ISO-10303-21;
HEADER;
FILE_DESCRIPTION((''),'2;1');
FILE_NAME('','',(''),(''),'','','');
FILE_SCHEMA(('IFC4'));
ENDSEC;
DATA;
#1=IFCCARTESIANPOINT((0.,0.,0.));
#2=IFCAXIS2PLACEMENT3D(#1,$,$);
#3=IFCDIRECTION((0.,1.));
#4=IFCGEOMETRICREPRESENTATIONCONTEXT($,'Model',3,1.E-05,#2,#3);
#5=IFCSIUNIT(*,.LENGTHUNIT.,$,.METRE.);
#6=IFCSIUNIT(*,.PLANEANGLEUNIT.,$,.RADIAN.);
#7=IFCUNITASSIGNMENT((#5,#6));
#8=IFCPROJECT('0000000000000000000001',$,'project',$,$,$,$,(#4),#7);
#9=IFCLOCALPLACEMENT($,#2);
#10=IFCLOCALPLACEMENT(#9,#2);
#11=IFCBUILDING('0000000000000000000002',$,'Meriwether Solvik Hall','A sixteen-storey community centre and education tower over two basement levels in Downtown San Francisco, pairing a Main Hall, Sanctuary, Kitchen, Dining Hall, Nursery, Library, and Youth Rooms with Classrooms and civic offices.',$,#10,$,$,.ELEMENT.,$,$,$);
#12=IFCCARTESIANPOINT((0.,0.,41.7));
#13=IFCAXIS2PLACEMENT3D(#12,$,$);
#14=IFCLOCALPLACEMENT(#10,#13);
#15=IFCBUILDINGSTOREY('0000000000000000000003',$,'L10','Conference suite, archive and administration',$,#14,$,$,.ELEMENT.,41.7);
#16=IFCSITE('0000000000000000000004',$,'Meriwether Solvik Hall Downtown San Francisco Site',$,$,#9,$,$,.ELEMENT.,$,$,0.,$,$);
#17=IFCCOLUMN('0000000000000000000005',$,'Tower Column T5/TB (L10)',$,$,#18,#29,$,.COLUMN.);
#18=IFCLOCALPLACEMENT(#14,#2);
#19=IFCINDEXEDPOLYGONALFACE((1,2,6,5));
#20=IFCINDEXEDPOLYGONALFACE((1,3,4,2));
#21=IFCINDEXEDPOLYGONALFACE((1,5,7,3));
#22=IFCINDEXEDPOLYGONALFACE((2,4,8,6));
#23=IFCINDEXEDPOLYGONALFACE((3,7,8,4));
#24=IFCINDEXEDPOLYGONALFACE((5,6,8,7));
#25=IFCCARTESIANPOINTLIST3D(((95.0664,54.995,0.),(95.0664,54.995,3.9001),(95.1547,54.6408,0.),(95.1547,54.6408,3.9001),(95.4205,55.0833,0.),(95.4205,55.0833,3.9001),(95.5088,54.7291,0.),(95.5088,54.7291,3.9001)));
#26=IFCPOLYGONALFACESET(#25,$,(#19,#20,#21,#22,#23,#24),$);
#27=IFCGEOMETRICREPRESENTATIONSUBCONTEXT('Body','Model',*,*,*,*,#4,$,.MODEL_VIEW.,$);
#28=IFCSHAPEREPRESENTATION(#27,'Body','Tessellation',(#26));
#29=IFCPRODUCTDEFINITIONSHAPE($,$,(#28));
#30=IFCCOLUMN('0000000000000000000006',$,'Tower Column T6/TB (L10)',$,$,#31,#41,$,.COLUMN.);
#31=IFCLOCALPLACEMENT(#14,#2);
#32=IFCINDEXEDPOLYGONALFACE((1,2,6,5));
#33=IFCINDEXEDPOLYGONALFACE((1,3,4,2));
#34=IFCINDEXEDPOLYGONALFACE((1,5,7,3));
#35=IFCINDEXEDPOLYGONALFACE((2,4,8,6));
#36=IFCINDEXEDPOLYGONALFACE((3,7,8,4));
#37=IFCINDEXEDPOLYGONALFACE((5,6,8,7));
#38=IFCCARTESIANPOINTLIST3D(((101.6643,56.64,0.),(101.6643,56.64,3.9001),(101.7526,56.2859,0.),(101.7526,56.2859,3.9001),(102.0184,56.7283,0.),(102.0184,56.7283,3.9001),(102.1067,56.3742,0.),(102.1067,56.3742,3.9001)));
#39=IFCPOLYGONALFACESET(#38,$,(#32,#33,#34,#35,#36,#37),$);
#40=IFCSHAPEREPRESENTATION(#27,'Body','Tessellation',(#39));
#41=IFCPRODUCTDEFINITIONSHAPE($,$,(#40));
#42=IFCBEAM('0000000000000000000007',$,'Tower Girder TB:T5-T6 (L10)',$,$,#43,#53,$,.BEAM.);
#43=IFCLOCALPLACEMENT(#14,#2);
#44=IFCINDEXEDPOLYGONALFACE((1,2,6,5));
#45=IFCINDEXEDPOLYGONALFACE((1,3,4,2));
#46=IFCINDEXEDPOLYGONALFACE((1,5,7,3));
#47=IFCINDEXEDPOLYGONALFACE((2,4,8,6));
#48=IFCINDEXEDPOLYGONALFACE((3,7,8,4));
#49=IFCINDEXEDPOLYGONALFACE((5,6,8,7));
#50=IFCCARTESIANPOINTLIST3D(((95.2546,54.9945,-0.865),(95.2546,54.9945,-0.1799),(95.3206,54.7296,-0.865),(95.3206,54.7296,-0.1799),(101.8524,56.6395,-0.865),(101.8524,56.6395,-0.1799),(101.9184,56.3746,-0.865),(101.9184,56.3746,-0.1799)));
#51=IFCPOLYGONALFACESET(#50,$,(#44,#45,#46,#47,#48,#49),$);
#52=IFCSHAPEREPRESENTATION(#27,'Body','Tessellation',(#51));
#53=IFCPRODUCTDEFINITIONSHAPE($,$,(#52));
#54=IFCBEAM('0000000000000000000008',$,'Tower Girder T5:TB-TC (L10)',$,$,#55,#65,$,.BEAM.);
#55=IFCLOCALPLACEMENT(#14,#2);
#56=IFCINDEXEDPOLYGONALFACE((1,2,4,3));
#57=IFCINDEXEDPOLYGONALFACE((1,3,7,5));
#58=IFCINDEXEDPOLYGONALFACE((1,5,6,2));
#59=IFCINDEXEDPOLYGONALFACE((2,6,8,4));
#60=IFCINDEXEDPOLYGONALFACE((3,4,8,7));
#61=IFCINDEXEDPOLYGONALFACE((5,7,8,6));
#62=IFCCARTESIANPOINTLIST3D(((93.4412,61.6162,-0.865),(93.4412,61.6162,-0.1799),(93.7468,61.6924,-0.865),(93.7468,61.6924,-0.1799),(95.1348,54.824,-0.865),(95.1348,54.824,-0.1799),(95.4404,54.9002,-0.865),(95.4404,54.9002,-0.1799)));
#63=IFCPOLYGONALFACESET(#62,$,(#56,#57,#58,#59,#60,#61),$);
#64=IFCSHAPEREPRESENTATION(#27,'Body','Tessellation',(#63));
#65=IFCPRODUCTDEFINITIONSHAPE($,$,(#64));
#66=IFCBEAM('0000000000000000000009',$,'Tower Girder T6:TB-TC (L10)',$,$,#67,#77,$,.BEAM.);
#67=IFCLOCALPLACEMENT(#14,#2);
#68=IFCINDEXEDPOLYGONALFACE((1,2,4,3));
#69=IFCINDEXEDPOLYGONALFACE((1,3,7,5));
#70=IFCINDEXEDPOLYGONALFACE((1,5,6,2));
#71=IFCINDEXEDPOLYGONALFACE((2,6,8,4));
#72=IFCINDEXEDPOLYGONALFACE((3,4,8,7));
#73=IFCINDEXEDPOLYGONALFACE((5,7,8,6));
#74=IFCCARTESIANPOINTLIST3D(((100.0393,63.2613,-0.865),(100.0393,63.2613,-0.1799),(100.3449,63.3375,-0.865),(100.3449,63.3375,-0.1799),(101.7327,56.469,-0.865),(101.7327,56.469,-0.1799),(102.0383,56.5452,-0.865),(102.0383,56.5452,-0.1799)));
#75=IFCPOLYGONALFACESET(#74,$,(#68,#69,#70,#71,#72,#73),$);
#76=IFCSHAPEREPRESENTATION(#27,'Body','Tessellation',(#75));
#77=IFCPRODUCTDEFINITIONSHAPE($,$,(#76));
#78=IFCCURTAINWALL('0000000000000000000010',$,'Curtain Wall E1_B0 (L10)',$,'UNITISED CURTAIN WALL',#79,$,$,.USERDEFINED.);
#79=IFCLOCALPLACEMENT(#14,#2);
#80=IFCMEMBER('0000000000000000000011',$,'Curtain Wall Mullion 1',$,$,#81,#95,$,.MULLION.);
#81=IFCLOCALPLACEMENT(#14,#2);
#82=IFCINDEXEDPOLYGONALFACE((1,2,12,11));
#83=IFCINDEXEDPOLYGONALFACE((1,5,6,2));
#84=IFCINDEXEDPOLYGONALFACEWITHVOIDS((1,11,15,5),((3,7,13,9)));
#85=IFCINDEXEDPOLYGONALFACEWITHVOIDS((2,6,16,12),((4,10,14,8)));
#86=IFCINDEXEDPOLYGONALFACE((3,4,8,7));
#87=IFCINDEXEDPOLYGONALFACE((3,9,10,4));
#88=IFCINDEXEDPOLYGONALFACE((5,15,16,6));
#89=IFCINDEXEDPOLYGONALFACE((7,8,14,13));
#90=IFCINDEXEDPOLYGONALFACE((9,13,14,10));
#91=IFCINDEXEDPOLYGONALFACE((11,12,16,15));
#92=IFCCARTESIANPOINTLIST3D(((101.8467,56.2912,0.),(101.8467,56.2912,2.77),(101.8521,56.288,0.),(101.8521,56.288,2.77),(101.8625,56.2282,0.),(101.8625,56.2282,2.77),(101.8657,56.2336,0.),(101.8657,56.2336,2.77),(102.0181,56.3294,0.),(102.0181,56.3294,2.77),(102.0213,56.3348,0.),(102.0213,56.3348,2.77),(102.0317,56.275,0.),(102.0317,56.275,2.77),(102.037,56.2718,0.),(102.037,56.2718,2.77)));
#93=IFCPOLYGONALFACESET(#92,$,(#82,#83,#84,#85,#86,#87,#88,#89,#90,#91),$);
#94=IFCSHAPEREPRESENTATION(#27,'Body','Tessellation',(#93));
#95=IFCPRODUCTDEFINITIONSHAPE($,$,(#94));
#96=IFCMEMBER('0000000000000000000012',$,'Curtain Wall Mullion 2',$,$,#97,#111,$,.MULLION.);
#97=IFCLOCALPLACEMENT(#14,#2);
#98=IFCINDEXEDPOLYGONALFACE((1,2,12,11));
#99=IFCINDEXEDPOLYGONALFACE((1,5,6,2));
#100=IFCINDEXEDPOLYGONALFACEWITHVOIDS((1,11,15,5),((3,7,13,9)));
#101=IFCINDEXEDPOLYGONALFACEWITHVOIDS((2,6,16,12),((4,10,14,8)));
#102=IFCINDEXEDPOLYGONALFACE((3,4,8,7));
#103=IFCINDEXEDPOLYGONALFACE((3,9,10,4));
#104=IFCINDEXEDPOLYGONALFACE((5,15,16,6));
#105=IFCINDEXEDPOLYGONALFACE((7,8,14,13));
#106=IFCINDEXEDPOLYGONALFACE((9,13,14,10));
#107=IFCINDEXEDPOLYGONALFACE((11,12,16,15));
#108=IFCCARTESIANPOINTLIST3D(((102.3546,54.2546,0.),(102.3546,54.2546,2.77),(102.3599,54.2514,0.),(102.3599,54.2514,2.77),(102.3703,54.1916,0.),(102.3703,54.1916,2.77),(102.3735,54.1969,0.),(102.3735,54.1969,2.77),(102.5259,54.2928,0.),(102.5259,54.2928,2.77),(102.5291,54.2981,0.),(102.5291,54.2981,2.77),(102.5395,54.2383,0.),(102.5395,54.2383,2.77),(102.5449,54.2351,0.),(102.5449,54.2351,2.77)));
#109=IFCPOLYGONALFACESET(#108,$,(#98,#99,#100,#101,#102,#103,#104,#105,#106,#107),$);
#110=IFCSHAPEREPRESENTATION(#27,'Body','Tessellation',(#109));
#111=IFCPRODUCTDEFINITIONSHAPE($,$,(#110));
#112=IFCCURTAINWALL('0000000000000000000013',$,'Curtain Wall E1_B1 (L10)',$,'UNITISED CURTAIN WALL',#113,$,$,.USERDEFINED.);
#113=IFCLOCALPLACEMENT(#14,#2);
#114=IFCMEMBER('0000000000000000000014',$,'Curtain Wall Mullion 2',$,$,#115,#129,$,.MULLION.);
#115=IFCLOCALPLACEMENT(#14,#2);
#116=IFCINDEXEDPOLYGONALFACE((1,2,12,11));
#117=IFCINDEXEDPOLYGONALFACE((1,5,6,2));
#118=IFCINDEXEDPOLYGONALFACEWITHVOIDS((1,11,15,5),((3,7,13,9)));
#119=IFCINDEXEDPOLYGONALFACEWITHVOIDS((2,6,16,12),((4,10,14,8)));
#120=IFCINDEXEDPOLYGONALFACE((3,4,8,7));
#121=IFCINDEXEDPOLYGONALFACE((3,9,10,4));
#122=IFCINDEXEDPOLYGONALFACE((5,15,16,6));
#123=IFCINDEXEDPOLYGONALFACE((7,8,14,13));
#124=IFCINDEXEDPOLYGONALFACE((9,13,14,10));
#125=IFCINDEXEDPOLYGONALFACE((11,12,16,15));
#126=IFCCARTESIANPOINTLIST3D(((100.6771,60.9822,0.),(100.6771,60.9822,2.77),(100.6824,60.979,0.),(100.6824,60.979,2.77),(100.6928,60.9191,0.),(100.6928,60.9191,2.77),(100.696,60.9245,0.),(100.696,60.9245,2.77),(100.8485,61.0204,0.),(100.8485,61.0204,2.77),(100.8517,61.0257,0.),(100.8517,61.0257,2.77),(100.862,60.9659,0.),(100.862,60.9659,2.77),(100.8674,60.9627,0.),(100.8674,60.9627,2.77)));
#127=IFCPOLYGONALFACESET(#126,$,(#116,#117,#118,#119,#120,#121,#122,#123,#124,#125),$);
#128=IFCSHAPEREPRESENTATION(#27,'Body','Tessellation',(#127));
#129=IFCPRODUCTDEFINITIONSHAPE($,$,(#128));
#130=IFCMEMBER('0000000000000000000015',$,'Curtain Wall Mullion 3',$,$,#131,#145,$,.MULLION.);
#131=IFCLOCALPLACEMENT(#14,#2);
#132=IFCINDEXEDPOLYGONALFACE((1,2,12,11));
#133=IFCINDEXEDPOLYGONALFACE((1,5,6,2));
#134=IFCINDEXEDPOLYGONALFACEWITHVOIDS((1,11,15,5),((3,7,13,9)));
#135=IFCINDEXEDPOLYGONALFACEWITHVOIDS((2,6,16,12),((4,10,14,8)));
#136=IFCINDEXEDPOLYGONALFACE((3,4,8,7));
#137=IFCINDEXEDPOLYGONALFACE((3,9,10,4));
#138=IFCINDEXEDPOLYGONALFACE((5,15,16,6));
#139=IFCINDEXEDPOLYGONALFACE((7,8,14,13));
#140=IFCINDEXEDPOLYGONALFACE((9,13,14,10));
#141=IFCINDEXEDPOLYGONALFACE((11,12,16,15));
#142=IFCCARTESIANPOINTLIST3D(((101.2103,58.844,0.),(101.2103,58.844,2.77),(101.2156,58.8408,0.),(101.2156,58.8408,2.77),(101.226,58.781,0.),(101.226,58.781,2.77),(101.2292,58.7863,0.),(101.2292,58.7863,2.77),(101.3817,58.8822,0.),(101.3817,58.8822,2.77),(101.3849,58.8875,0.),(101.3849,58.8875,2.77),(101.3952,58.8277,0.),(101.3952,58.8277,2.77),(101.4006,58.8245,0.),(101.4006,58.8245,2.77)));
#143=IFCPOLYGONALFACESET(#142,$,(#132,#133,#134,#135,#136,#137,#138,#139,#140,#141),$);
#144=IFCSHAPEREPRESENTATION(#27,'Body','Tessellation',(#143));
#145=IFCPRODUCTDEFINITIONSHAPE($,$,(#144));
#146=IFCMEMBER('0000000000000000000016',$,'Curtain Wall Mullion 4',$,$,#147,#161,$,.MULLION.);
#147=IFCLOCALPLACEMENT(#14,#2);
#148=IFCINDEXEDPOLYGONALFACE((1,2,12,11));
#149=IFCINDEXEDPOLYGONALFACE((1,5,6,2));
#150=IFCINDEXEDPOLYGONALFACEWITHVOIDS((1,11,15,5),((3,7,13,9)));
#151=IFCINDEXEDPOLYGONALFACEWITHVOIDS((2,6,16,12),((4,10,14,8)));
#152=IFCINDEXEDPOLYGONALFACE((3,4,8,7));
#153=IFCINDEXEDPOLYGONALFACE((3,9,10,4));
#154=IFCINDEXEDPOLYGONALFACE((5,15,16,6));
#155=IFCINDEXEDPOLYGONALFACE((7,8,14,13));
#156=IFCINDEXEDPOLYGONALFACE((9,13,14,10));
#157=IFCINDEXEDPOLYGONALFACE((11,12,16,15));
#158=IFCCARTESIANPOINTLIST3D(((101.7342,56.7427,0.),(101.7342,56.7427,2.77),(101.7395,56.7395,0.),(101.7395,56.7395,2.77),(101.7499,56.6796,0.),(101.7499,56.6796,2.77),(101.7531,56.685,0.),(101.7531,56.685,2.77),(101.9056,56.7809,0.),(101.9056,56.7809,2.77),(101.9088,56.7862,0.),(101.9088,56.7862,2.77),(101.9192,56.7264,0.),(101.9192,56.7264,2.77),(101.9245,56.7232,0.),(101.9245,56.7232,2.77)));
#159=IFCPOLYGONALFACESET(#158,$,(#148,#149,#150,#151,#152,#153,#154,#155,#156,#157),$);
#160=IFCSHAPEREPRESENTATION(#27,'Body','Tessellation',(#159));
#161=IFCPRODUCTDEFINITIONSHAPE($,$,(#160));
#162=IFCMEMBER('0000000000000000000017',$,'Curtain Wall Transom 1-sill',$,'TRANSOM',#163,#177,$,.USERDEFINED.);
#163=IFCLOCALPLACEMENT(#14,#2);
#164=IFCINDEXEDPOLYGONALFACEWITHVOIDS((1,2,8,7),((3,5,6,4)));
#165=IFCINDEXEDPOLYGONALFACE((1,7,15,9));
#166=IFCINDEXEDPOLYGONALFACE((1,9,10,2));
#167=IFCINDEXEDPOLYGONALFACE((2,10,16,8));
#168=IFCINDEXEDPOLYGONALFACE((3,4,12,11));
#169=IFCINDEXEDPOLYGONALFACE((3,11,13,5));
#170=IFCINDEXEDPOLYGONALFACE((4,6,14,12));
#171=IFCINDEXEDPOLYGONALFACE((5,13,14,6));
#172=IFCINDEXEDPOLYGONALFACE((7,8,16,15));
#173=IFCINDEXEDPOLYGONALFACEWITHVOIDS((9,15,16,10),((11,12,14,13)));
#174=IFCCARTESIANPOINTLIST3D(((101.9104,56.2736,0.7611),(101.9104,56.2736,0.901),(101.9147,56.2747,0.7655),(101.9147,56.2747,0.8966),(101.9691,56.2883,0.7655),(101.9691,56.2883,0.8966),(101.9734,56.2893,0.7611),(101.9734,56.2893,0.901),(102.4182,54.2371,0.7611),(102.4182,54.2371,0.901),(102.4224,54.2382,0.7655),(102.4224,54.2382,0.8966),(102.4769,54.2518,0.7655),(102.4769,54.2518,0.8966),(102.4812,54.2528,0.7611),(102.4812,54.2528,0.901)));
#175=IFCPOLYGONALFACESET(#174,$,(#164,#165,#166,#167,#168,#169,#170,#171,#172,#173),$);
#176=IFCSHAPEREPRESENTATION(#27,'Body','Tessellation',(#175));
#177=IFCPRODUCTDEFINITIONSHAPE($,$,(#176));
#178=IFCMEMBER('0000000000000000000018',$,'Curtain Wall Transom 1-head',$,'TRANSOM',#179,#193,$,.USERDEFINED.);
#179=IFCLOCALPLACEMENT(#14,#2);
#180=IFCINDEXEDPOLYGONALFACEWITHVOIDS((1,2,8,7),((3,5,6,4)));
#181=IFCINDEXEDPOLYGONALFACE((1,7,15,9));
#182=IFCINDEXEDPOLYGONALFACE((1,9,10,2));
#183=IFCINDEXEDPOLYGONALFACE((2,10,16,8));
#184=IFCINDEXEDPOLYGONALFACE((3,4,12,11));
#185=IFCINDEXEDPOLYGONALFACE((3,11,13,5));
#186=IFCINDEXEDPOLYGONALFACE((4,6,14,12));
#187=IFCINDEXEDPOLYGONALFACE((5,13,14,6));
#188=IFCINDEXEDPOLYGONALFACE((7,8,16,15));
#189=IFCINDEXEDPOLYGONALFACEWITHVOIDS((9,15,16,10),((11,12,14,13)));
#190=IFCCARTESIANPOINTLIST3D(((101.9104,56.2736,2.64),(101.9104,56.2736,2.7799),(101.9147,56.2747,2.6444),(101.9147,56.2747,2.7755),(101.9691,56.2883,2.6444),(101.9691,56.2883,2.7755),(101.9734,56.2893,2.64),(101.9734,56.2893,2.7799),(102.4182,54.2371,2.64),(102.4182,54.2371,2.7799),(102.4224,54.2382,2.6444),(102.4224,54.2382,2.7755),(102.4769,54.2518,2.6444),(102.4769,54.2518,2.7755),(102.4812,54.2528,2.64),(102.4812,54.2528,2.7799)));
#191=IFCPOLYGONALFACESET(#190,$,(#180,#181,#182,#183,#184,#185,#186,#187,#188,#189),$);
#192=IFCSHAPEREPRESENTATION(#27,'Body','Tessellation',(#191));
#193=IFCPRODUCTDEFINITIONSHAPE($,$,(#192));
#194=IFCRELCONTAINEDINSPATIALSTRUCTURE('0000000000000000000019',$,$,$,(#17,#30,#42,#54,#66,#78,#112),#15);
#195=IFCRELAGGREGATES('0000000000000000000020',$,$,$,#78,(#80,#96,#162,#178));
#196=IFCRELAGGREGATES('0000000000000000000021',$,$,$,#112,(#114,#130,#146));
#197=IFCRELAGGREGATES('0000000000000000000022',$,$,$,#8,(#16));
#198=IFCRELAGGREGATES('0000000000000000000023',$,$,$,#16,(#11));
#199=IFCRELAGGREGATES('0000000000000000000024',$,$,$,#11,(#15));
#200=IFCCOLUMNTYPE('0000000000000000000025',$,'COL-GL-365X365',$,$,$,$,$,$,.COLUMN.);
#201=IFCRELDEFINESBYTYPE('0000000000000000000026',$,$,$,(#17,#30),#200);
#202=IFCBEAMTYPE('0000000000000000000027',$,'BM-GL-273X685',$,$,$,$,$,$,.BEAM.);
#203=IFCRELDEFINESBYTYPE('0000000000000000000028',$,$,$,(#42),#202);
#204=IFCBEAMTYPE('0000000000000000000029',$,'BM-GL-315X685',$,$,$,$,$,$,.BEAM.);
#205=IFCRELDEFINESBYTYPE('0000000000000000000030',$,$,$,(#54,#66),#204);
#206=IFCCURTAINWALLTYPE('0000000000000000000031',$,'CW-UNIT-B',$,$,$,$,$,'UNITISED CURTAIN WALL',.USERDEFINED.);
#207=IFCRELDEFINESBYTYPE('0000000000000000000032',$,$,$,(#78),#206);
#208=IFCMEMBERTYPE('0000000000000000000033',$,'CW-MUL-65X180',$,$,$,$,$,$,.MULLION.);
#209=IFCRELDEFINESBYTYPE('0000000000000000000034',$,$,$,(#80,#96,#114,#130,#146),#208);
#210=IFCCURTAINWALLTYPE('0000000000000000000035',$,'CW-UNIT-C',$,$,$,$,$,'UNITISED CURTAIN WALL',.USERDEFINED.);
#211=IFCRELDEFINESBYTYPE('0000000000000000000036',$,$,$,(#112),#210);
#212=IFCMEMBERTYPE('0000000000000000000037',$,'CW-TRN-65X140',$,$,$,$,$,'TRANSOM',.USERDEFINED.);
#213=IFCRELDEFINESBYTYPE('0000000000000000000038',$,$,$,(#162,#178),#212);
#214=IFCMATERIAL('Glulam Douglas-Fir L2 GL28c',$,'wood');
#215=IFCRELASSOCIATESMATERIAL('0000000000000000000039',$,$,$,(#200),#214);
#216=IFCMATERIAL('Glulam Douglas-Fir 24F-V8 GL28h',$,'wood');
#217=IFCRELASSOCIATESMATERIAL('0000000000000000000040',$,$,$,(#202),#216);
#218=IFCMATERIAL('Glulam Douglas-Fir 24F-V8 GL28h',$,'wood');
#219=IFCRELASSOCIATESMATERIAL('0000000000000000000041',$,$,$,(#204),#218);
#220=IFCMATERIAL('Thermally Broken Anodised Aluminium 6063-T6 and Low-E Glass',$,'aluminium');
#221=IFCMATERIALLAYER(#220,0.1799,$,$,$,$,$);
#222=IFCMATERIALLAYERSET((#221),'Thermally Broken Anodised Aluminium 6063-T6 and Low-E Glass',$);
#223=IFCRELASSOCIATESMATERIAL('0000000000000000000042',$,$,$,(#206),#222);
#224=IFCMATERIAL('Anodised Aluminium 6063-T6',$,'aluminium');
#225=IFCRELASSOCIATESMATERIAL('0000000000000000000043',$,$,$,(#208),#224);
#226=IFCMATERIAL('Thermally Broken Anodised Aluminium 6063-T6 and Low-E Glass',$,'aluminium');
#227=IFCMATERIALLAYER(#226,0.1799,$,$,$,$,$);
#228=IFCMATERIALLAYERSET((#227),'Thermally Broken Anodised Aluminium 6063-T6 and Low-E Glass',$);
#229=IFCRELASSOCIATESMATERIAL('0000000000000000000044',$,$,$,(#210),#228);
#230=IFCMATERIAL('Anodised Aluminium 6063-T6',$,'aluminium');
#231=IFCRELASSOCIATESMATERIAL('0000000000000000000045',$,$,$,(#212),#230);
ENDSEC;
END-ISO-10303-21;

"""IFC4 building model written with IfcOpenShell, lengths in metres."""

from ifc_helpers import new_model, si_unit, direction, frame, origin, origin_2d, place, context, subcontext, project, spatial, rectangle, hollow_rectangle, extrude, material, layer, layer_set, material_profile, profile_set, type_object, element, aggregate, save


model = new_model("IFC4")

# Units and contexts
model_context = context("Model", 3, precision=1e-05, world=origin(), true_north=direction((0.0, 1.0)))
body_context = subcontext(model_context, "Body", "Model", "MODEL_VIEW")
ifc_project = project(units=[si_unit("LENGTHUNIT", "METRE"), si_unit("PLANEANGLEUNIT", "RADIAN")], contexts=[model_context])

# Site, building, storey
site_placement = place(None, origin())
site = spatial("IfcSite", under=ifc_project, at=site_placement, Name="Meriwether Solvik Hall Downtown San Francisco Site", CompositionType="ELEMENT", RefElevation=0.0)
building_placement = place(site_placement, origin())
building = spatial("IfcBuilding", under=site, at=building_placement, Name="Meriwether Solvik Hall", Description="A sixteen-storey community centre and education tower over two basement levels in Downtown San Francisco, pairing a Main Hall, Sanctuary, Kitchen, Dining Hall, Nursery, Library, and Youth Rooms with Classrooms and civic offices.", CompositionType="ELEMENT")
storey_placement = place(building_placement, frame((0.0, 0.0, 41.7)))
storey = spatial("IfcBuildingStorey", under=building, at=storey_placement, Name="L10", Description="Conference suite, archive and administration", CompositionType="ELEMENT", Elevation=41.7)

# Columns
ifc_material_1 = material(Name="Glulam Douglas-Fir L2 GL28c", Category="wood")
ifc_material_profile_1 = material_profile(ifc_material_1, rectangle(XDim=0.365, YDim=0.365, at=origin_2d()), Name="GLC-365X365")
ifc_profile_set_1 = profile_set([ifc_material_profile_1], Name="Glulam Douglas-Fir L2 GL28c")
column_type = type_object("IfcColumnType", Name="COL-GL-365X365", PredefinedType="COLUMN", material=ifc_profile_set_1)
for number, where, z_axis, x_axis, name in (
    (1, (95.2876, 54.8621, 0.0), (0.0, 0.0, 1.0), (0.970296, 0.241922, 0.0), "Tower Column T5/TB (L10)"),
    (2, (101.8855, 56.5071, 0.0), (0.0, 0.0, 1.0), (0.970296, 0.241922, 0.0), "Tower Column T6/TB (L10)"),
):
    element("IfcColumn", number, at=place(storey_placement, frame(where, z_axis=z_axis, x_axis=x_axis)), inside=storey, type_object=column_type, Name=name, PredefinedType="COLUMN", context=body_context, shape_type="SweptSolid", body=[
        extrude(rectangle(XDim=0.365, YDim=0.365, at=origin_2d()), origin(), (0.0, 0.0, 1.0), 3.9001),
    ])

# Beams
ifc_material_2 = material(Name="Glulam Douglas-Fir 24F-V8 GL28h", Category="wood")
ifc_material_profile_2 = material_profile(ifc_material_2, rectangle(XDim=0.2729, YDim=0.6851, at=origin_2d()), Name="GLB-273X685")
ifc_profile_set_2 = profile_set([ifc_material_profile_2], Name="Glulam Douglas-Fir 24F-V8 GL28h")
beam_type_1 = type_object("IfcBeamType", Name="BM-GL-273X685", PredefinedType="BEAM", material=ifc_profile_set_2)
beam_1_placement = place(storey_placement, frame((95.2876, 54.8621, -0.5225), z_axis=(0.970296, 0.241919, 0.0), x_axis=(-0.241919, 0.970296, 0.0)))
element("IfcBeam", 3, at=beam_1_placement, inside=storey, type_object=beam_type_1, Name="Tower Girder TB:T5-T6 (L10)", PredefinedType="BEAM", context=body_context, shape_type="SweptSolid", body=[
    extrude(rectangle(XDim=0.2729, YDim=0.6851, at=origin_2d()), origin(), (0.0, 0.0, 1.0), 6.7998),
])
ifc_material_3 = material(Name="Glulam Douglas-Fir 24F-V8 GL28h", Category="wood")
ifc_material_profile_3 = material_profile(ifc_material_3, rectangle(XDim=0.3149, YDim=0.6851, at=origin_2d()), Name="GLB-315X685")
ifc_profile_set_3 = profile_set([ifc_material_profile_3], Name="Glulam Douglas-Fir 24F-V8 GL28h")
beam_type_2 = type_object("IfcBeamType", Name="BM-GL-315X685", PredefinedType="BEAM", material=ifc_profile_set_3)
for number, where, z_axis, x_axis, name in (
    (4, (95.2876, 54.8621, -0.5225), (-0.241937, 0.970292, 0.0), (-0.970292, -0.241937, 0.0), "Tower Girder T5:TB-TC (L10)"),
    (5, (101.8855, 56.5071, -0.5225), (-0.241904, 0.9703, 0.0), (-0.9703, -0.241904, 0.0), "Tower Girder T6:TB-TC (L10)"),
):
    element("IfcBeam", number, at=place(storey_placement, frame(where, z_axis=z_axis, x_axis=x_axis)), inside=storey, type_object=beam_type_2, Name=name, PredefinedType="BEAM", context=body_context, shape_type="SweptSolid", body=[
        extrude(rectangle(XDim=0.3149, YDim=0.6851, at=origin_2d()), origin(), (0.0, 0.0, 1.0), 7.0002),
    ])

# Curtain walls, members
ifc_material_4 = material(Name="Thermally Broken Anodised Aluminium 6063-T6 and Low-E Glass", Category="aluminium")
ifc_layer_1 = layer(ifc_material_4, 0.1799)
ifc_layer_set_1 = layer_set([ifc_layer_1], Name="Thermally Broken Anodised Aluminium 6063-T6 and Low-E Glass")
curtain_wall_type_1 = type_object("IfcCurtainWallType", Name="CW-UNIT-B", ElementType="UNITISED CURTAIN WALL", PredefinedType="USERDEFINED", material=ifc_layer_set_1)
curtain_wall_1_placement = place(storey_placement, origin())
curtain_wall_1 = element("IfcCurtainWall", 6, at=curtain_wall_1_placement, inside=storey, type_object=curtain_wall_type_1, Name="Curtain Wall E1_B0 (L10)", ObjectType="UNITISED CURTAIN WALL", PredefinedType="USERDEFINED")
ifc_material_5 = material(Name="Anodised Aluminium 6063-T6", Category="aluminium")
ifc_material_profile_4 = material_profile(ifc_material_5, hollow_rectangle(XDim=0.0649, YDim=0.1799, WallThickness=0.0044, at=origin_2d()), Name="CWM-65X180")
ifc_profile_set_4 = profile_set([ifc_material_profile_4], Name="Anodised Aluminium 6063-T6")
member_type_1 = type_object("IfcMemberType", Name="CW-MUL-65X180", PredefinedType="MULLION", material=ifc_profile_set_4)
member_1_placement = place(storey_placement, frame((101.9419, 56.2815, 0.0), z_axis=(0.0, 0.0, 1.0), x_axis=(0.241922, -0.970296, 0.0)))
member_1 = element("IfcMember", 7, at=member_1_placement, type_object=member_type_1, Name="Curtain Wall Mullion 1", PredefinedType="MULLION", context=body_context, shape_type="SweptSolid", body=[
    extrude(hollow_rectangle(XDim=0.0649, YDim=0.1799, WallThickness=0.0044, at=origin_2d()), origin(), (0.0, 0.0, 1.0), 2.77),
])
member_2_placement = place(storey_placement, frame((102.4497, 54.2449, 0.0), z_axis=(0.0, 0.0, 1.0), x_axis=(0.241922, -0.970296, 0.0)))
member_2 = element("IfcMember", 8, at=member_2_placement, type_object=member_type_1, Name="Curtain Wall Mullion 2", PredefinedType="MULLION", context=body_context, shape_type="SweptSolid", body=[
    extrude(hollow_rectangle(XDim=0.0649, YDim=0.1799, WallThickness=0.0044, at=origin_2d()), origin(), (0.0, 0.0, 1.0), 2.77),
])
ifc_material_6 = material(Name="Thermally Broken Anodised Aluminium 6063-T6 and Low-E Glass", Category="aluminium")
ifc_layer_2 = layer(ifc_material_6, 0.1799)
ifc_layer_set_2 = layer_set([ifc_layer_2], Name="Thermally Broken Anodised Aluminium 6063-T6 and Low-E Glass")
curtain_wall_type_2 = type_object("IfcCurtainWallType", Name="CW-UNIT-C", ElementType="UNITISED CURTAIN WALL", PredefinedType="USERDEFINED", material=ifc_layer_set_2)
curtain_wall_2_placement = place(storey_placement, origin())
curtain_wall_2 = element("IfcCurtainWall", 9, at=curtain_wall_2_placement, inside=storey, type_object=curtain_wall_type_2, Name="Curtain Wall E1_B1 (L10)", ObjectType="UNITISED CURTAIN WALL", PredefinedType="USERDEFINED")
member_3_placement = place(storey_placement, frame((100.7722, 60.9724, 0.0), z_axis=(0.0, 0.0, 1.0), x_axis=(0.241922, -0.970296, 0.0)))
member_3 = element("IfcMember", 10, at=member_3_placement, type_object=member_type_1, Name="Curtain Wall Mullion 2", PredefinedType="MULLION", context=body_context, shape_type="SweptSolid", body=[
    extrude(hollow_rectangle(XDim=0.0649, YDim=0.1799, WallThickness=0.0044, at=origin_2d()), origin(), (0.0, 0.0, 1.0), 2.77),
])
member_4_placement = place(storey_placement, frame((101.3054, 58.8342, 0.0), z_axis=(0.0, 0.0, 1.0), x_axis=(0.241922, -0.970296, 0.0)))
member_4 = element("IfcMember", 11, at=member_4_placement, type_object=member_type_1, Name="Curtain Wall Mullion 3", PredefinedType="MULLION", context=body_context, shape_type="SweptSolid", body=[
    extrude(hollow_rectangle(XDim=0.0649, YDim=0.1799, WallThickness=0.0044, at=origin_2d()), origin(), (0.0, 0.0, 1.0), 2.77),
])
member_5_placement = place(storey_placement, frame((101.8293, 56.7329, 0.0), z_axis=(0.0, 0.0, 1.0), x_axis=(0.241922, -0.970296, 0.0)))
member_5 = element("IfcMember", 12, at=member_5_placement, type_object=member_type_1, Name="Curtain Wall Mullion 4", PredefinedType="MULLION", context=body_context, shape_type="SweptSolid", body=[
    extrude(hollow_rectangle(XDim=0.0649, YDim=0.1799, WallThickness=0.0044, at=origin_2d()), origin(), (0.0, 0.0, 1.0), 2.77),
])

# Members
ifc_material_7 = material(Name="Anodised Aluminium 6063-T6", Category="aluminium")
ifc_material_profile_5 = material_profile(ifc_material_7, hollow_rectangle(XDim=0.0649, YDim=0.1399, WallThickness=0.0044, at=origin_2d()), Name="CWT-65X140")
ifc_profile_set_5 = profile_set([ifc_material_profile_5], Name="Anodised Aluminium 6063-T6")
member_type_2 = type_object("IfcMemberType", Name="CW-TRN-65X140", ElementType="TRANSOM", PredefinedType="USERDEFINED", material=ifc_profile_set_5)
member_6_placement = place(storey_placement, frame((101.9419, 56.2815, 0.8311), z_axis=(0.241933, -0.970293, 0.0), x_axis=(0.970293, 0.241933, 0.0)))
member_6 = element("IfcMember", 13, at=member_6_placement, type_object=member_type_2, Name="Curtain Wall Transom 1-sill", ObjectType="TRANSOM", PredefinedType="USERDEFINED", context=body_context, shape_type="SweptSolid", body=[
    extrude(hollow_rectangle(XDim=0.0649, YDim=0.1399, WallThickness=0.0044, at=origin_2d()), origin(), (0.0, 0.0, 1.0), 2.0989),
])
member_7_placement = place(storey_placement, frame((101.9419, 56.2815, 2.71), z_axis=(0.241933, -0.970293, 0.0), x_axis=(0.970293, 0.241933, 0.0)))
member_7 = element("IfcMember", 14, at=member_7_placement, type_object=member_type_2, Name="Curtain Wall Transom 1-head", ObjectType="TRANSOM", PredefinedType="USERDEFINED", context=body_context, shape_type="SweptSolid", body=[
    extrude(hollow_rectangle(XDim=0.0649, YDim=0.1399, WallThickness=0.0044, at=origin_2d()), origin(), (0.0, 0.0, 1.0), 2.0989),
])

aggregate(curtain_wall_1, [member_1, member_2, member_6, member_7])
aggregate(curtain_wall_2, [member_3, member_4, member_5])

save(model, "model.ifc")
